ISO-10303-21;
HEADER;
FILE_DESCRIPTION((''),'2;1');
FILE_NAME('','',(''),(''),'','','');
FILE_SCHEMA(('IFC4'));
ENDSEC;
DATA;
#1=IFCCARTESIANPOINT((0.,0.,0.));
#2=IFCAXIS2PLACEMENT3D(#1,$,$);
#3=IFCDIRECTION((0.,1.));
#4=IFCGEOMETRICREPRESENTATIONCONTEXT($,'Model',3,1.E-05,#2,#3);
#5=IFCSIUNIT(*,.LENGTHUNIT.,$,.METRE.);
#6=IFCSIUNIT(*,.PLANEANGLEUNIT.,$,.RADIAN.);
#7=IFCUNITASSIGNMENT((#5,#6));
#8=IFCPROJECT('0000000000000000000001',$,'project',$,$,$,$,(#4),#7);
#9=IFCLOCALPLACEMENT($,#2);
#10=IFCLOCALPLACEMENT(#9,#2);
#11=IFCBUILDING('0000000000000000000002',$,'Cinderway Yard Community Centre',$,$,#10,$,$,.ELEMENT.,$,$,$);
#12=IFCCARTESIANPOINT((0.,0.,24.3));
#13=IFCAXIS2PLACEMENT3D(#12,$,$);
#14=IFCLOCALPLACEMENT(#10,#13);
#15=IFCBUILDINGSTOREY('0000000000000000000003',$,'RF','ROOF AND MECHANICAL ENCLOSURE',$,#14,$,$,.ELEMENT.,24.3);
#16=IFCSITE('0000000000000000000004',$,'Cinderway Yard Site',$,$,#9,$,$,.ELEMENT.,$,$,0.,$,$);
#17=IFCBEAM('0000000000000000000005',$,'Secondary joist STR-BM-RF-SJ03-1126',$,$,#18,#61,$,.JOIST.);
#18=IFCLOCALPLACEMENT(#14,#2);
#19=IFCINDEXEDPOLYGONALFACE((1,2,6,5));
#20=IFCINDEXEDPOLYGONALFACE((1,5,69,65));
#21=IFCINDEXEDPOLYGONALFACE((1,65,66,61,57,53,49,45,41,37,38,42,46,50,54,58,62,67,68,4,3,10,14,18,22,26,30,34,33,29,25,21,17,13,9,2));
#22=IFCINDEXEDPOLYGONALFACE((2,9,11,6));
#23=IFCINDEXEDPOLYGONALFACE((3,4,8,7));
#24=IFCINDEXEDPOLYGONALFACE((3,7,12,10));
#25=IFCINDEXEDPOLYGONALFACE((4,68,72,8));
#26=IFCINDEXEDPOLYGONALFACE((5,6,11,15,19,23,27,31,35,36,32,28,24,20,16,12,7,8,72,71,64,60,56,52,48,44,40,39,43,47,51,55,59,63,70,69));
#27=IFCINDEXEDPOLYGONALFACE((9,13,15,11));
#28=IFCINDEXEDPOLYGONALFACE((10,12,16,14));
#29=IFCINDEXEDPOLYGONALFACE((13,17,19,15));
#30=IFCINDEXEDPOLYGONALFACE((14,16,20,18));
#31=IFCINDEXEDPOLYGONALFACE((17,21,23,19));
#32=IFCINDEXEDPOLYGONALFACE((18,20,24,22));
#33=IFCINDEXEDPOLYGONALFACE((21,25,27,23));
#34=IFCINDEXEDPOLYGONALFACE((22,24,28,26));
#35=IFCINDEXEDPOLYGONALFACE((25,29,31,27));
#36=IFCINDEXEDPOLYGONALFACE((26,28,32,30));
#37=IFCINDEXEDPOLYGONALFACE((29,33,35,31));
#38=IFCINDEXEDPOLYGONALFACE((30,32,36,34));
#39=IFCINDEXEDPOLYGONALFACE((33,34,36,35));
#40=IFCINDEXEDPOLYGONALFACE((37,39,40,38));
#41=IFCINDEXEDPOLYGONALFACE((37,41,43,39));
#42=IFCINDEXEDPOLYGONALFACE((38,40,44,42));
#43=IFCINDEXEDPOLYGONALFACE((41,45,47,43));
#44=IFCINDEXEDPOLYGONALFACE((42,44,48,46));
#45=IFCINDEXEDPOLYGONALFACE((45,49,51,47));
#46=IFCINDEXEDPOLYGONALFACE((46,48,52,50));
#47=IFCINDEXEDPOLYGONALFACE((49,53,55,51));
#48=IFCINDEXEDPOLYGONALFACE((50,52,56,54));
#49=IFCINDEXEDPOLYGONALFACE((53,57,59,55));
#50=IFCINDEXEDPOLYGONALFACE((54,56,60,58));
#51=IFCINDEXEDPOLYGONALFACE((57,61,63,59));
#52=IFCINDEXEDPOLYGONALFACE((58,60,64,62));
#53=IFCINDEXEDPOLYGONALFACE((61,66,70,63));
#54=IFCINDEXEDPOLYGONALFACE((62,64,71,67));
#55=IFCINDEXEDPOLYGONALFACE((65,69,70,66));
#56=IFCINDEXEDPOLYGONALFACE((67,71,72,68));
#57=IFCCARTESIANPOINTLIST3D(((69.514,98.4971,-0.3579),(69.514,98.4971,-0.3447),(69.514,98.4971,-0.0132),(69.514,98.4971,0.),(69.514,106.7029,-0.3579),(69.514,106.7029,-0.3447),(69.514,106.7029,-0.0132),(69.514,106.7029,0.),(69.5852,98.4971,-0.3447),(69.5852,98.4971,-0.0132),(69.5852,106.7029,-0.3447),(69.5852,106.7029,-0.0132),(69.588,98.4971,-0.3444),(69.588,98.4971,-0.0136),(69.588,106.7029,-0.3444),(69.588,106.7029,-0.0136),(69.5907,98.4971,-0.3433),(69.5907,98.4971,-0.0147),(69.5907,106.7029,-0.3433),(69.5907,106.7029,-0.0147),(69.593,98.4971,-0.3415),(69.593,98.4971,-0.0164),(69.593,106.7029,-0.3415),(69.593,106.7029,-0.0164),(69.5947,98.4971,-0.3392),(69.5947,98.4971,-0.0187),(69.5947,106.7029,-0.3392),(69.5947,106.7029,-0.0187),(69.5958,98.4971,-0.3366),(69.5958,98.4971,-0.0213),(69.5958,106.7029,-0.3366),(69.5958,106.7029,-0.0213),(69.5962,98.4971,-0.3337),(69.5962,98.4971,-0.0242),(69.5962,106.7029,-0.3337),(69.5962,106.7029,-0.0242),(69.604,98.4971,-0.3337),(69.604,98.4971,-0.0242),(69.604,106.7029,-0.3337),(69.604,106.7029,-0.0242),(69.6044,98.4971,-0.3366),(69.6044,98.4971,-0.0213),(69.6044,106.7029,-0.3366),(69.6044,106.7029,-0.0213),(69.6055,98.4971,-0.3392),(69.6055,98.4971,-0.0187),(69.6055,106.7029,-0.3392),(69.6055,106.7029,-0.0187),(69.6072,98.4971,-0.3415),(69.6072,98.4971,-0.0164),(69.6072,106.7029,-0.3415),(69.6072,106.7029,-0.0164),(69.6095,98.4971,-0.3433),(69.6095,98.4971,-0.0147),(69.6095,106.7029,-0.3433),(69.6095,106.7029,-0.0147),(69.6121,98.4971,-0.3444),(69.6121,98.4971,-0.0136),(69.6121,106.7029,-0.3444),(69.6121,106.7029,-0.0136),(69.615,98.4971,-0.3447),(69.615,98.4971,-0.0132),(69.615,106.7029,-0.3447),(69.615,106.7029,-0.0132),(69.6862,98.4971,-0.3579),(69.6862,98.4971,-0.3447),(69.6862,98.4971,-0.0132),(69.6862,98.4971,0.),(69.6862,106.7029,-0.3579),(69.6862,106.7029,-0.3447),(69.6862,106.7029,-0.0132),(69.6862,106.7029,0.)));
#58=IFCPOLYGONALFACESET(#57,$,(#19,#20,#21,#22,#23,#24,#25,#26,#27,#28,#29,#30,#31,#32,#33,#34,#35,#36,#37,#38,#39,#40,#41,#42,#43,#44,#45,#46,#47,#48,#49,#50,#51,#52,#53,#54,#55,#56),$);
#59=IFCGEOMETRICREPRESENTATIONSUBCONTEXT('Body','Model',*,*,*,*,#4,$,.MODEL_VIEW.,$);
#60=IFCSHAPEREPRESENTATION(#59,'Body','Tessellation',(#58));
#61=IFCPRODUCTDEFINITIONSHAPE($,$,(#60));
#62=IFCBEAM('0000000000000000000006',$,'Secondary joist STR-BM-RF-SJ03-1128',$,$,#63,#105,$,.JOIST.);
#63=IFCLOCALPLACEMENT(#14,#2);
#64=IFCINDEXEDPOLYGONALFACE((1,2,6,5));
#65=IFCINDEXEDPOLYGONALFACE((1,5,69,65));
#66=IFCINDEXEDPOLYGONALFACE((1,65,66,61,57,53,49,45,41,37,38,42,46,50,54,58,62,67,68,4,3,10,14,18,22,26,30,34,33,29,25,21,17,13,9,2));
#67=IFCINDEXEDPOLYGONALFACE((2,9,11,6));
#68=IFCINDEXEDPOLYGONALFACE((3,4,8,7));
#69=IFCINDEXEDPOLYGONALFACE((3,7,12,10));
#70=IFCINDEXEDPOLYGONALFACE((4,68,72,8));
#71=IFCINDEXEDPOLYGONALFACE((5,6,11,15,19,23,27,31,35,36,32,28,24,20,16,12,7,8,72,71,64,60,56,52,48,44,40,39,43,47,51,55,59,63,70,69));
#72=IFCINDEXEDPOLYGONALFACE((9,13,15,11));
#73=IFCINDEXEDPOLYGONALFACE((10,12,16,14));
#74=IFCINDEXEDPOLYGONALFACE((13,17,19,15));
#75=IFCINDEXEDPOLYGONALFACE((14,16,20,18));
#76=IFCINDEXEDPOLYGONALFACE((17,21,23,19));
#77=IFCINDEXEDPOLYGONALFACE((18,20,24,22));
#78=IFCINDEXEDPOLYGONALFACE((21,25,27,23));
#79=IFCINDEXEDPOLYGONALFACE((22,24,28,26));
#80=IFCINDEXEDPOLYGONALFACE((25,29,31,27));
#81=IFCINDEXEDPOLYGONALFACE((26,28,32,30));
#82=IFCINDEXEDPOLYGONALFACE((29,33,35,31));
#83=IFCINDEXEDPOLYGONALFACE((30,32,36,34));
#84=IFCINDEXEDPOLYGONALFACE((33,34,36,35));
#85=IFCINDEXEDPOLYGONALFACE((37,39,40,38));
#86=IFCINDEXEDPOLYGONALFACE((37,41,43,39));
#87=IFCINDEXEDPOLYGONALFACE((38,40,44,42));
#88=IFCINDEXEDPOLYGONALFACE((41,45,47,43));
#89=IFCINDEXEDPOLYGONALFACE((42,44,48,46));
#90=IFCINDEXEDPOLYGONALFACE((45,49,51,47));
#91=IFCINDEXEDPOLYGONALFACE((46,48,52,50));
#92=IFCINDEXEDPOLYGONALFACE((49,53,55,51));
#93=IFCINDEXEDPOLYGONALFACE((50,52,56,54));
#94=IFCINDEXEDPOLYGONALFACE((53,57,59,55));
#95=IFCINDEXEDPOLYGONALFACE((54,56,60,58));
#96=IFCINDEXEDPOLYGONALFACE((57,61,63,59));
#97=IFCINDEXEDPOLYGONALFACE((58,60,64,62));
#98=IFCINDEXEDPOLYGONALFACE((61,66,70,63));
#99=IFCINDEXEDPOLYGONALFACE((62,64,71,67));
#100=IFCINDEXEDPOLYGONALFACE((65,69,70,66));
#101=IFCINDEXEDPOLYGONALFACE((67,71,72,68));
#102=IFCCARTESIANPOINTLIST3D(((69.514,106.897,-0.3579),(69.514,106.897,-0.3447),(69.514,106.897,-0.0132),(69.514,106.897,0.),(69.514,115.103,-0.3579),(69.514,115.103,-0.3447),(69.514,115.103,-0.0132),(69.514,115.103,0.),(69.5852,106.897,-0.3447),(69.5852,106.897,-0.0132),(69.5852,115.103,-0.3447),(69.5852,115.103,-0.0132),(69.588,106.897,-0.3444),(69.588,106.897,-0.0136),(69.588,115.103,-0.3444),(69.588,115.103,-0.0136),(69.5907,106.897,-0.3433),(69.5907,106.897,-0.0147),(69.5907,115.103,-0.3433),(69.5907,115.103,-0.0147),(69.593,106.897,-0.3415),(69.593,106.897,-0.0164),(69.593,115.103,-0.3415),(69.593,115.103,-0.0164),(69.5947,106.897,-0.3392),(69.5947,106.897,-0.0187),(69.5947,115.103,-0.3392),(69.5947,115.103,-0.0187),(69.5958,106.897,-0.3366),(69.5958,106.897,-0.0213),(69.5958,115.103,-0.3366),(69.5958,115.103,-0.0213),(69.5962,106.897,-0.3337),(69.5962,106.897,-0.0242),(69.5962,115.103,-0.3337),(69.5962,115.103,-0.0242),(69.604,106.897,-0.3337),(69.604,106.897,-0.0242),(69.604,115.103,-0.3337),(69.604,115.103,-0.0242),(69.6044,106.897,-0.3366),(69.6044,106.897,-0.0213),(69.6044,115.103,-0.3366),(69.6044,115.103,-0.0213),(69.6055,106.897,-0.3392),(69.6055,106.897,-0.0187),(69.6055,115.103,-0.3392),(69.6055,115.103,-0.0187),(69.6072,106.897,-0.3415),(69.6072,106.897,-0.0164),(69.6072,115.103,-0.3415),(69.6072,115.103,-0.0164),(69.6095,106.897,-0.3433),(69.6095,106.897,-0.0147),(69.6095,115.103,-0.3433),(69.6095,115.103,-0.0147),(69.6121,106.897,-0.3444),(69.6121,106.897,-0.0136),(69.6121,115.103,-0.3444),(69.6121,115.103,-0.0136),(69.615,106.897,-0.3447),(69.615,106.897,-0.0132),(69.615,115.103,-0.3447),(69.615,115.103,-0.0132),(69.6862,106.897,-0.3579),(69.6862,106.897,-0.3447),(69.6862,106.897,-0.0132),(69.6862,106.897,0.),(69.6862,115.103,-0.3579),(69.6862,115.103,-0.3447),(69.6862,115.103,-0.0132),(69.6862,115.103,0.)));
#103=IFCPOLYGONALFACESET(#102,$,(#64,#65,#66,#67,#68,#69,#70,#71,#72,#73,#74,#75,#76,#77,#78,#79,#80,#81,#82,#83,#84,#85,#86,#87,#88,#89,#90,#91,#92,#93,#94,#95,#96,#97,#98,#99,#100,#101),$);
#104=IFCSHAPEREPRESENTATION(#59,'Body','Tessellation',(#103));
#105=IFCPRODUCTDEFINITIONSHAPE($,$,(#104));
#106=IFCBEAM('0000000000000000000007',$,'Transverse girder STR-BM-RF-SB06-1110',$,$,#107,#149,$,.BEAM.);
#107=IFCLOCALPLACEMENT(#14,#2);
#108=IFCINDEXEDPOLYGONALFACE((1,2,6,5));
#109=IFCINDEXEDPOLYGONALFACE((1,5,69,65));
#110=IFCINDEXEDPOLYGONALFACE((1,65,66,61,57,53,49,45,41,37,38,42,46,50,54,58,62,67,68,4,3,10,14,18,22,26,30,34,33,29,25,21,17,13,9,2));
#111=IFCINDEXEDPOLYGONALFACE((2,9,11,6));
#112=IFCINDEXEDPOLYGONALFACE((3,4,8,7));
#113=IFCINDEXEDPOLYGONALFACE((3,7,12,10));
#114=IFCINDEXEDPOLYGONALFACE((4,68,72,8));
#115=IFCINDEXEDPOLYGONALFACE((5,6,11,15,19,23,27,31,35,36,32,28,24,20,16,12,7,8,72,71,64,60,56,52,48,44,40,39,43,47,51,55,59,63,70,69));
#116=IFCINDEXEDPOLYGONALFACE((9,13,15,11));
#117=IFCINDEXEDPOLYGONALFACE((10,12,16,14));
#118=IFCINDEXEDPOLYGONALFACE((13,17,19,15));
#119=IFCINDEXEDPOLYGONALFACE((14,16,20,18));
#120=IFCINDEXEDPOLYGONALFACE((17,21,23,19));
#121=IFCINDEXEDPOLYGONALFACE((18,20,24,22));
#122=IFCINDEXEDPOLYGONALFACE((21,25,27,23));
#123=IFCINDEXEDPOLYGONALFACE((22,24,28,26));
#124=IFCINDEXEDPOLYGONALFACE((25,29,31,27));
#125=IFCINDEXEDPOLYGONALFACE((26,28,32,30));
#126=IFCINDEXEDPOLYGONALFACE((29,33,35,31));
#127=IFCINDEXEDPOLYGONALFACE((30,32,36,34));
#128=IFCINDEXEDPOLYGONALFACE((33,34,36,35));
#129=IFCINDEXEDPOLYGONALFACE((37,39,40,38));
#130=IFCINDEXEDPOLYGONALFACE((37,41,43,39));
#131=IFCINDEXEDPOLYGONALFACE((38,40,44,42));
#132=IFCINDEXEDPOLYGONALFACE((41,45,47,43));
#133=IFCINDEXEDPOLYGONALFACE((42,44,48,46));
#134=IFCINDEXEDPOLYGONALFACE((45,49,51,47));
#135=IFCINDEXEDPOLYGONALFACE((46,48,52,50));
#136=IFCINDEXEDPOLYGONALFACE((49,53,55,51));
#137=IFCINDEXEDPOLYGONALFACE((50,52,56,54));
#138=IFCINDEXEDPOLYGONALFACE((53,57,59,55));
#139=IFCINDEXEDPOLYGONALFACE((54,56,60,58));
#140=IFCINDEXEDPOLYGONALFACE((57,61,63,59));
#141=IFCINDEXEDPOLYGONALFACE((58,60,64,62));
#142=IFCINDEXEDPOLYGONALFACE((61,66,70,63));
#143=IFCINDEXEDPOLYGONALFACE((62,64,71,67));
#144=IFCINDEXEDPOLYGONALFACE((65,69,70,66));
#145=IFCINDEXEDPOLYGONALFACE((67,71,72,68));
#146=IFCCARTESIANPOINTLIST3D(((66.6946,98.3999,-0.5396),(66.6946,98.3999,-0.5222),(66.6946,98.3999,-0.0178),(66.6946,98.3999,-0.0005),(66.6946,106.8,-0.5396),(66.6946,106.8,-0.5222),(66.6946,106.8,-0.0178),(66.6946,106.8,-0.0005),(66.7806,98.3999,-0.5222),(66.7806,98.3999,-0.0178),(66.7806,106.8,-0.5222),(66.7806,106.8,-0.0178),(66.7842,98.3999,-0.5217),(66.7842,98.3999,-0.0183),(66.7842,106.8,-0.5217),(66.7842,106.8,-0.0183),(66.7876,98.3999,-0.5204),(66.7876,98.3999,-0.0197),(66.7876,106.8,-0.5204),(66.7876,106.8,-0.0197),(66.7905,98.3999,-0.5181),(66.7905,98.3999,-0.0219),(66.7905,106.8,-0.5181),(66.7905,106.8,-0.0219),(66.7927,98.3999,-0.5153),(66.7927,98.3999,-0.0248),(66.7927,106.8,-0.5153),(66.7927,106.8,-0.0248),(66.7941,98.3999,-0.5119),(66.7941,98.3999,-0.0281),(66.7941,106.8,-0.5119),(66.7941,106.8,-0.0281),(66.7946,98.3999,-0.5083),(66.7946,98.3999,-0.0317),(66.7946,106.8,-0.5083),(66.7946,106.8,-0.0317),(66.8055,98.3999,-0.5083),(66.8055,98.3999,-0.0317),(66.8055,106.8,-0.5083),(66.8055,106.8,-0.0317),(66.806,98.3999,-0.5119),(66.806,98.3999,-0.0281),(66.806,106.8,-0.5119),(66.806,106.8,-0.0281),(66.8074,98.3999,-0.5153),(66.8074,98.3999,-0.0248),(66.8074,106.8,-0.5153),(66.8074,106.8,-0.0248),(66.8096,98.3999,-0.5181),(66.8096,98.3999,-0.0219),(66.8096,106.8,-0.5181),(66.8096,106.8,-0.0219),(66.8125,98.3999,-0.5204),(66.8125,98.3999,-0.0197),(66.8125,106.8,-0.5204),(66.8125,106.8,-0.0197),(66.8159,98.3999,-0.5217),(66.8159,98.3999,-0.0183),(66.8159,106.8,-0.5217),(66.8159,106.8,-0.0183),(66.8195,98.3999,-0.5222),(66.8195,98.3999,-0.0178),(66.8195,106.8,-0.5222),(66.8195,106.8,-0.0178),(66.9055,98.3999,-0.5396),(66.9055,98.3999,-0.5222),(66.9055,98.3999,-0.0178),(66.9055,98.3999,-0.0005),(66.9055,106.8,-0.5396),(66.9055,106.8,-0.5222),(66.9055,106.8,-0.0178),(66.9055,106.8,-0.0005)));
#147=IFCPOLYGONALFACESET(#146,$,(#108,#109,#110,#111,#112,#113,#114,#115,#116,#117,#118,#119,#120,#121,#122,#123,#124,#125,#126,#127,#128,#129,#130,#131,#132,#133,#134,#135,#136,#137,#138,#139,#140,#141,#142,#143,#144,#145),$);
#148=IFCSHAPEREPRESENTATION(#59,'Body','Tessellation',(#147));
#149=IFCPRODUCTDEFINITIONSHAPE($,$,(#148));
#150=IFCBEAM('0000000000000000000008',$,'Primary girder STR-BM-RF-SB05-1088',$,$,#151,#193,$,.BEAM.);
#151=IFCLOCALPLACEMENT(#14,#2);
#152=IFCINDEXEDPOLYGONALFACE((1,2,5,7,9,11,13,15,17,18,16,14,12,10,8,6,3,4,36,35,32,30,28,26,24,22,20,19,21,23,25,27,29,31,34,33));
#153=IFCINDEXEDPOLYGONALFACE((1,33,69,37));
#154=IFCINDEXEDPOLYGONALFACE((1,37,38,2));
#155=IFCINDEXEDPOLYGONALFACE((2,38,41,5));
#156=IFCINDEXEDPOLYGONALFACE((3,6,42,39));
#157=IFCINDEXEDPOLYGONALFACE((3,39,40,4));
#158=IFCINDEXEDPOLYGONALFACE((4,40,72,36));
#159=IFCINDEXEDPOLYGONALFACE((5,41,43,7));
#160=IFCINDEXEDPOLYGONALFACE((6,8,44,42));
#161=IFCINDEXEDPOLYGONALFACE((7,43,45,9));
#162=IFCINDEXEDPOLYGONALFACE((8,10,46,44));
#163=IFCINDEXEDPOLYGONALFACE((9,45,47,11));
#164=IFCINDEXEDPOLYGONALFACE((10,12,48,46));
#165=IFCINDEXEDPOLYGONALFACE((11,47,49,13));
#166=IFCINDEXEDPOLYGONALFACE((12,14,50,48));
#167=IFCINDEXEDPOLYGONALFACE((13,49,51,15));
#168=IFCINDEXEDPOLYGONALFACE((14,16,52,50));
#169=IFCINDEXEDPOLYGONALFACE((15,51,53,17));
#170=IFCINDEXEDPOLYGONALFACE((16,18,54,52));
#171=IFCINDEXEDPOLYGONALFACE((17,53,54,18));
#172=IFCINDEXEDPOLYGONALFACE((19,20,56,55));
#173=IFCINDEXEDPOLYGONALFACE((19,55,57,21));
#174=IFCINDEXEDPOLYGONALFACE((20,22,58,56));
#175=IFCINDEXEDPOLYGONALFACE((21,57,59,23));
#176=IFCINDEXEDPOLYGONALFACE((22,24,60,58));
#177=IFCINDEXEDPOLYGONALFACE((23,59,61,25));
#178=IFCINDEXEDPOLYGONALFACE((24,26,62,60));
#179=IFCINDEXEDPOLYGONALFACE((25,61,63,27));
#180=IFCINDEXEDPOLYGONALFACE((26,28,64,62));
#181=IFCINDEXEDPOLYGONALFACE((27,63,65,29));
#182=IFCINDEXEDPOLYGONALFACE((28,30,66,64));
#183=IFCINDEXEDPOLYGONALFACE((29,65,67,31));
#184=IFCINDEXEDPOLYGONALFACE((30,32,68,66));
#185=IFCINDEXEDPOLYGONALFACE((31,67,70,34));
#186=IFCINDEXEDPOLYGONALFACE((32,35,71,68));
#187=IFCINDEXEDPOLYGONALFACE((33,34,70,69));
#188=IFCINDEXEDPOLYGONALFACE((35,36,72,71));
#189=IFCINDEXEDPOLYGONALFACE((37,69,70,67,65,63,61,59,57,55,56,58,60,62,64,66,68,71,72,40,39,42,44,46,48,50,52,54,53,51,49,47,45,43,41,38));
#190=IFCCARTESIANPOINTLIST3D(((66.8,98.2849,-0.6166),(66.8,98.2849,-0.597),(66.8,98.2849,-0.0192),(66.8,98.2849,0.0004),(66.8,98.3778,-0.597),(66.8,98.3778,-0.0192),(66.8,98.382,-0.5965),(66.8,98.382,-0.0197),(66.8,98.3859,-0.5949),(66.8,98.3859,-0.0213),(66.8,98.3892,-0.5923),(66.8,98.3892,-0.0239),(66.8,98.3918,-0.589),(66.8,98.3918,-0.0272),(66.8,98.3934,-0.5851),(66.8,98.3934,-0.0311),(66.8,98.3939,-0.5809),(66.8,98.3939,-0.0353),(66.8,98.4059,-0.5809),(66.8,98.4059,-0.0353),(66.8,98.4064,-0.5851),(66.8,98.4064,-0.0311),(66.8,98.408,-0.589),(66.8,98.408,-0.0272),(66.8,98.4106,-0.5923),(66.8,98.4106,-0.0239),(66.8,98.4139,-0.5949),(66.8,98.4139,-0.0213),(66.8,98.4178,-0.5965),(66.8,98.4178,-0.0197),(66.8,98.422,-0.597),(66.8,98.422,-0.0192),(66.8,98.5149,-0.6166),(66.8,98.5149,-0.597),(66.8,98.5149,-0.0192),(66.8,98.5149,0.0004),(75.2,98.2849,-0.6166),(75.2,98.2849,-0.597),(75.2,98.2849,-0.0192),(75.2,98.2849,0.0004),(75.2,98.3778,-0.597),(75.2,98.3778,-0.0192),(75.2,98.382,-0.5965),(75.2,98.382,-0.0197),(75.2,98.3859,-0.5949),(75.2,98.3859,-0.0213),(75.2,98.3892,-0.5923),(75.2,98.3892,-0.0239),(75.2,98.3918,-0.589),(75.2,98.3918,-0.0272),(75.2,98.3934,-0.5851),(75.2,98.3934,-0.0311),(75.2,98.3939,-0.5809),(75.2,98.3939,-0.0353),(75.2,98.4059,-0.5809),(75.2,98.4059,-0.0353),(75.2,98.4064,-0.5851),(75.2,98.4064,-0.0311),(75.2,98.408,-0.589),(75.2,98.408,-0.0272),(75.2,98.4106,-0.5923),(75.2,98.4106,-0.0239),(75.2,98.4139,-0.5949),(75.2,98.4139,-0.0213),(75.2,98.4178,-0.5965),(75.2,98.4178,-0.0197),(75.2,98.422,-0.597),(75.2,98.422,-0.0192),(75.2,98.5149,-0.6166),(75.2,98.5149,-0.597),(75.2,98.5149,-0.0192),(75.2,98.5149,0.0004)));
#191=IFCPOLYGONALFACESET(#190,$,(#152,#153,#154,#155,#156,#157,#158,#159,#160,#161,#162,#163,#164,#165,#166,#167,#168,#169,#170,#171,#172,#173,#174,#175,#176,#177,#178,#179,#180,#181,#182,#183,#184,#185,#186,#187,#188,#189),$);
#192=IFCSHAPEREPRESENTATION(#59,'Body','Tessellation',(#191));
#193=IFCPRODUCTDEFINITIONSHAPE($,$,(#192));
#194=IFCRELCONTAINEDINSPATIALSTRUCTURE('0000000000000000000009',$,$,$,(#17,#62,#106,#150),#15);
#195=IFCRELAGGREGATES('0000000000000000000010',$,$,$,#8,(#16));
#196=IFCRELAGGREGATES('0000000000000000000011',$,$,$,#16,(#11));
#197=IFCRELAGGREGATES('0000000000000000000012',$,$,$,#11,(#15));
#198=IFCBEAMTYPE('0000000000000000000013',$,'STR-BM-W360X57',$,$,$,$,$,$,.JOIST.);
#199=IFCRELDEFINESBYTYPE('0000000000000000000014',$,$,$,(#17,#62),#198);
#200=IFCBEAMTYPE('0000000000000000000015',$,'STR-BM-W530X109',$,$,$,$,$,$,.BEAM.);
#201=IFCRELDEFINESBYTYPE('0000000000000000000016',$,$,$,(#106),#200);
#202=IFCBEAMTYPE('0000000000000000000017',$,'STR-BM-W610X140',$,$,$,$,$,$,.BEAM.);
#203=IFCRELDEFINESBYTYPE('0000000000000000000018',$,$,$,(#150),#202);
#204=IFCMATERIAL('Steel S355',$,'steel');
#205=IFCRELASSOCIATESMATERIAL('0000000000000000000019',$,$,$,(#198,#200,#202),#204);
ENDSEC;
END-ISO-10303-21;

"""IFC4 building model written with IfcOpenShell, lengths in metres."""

from ifc_helpers import new_model, si_unit, direction, frame, origin, origin_2d, place, context, subcontext, project, spatial, i_section, extrude, material, material_profile, profile_set, type_object, element, save


model = new_model("IFC4")

# Units and contexts
model_context = context("Model", 3, precision=1e-05, world=origin(), true_north=direction((0.0, 1.0)))
body_context = subcontext(model_context, "Body", "Model", "MODEL_VIEW")
ifc_project = project(units=[si_unit("LENGTHUNIT", "METRE"), si_unit("PLANEANGLEUNIT", "RADIAN")], contexts=[model_context])

# Site, building, storey
site_placement = place(None, origin())
site = spatial("IfcSite", under=ifc_project, at=site_placement, Name="Cinderway Yard Site", CompositionType="ELEMENT", RefElevation=0.0)
building_placement = place(site_placement, origin())
building = spatial("IfcBuilding", under=site, at=building_placement, Name="Cinderway Yard Community Centre", CompositionType="ELEMENT")
storey_placement = place(building_placement, frame((0.0, 0.0, 24.3)))
storey = spatial("IfcBuildingStorey", under=building, at=storey_placement, Name="RF", Description="ROOF AND MECHANICAL ENCLOSURE", CompositionType="ELEMENT", Elevation=24.3)

# Shared definitions
ifc_material_1 = material(Name="Steel S355", Category="steel")

# Beams
ifc_material_profile_1 = material_profile(ifc_material_1, i_section(OverallWidth=0.1721, OverallDepth=0.3579, WebThickness=0.0078, FlangeThickness=0.0132, FilletRadius=0.011, at=origin_2d()), Name="Steel S355")
ifc_profile_set_1 = profile_set([ifc_material_profile_1], Name="Steel S355")
beam_type_1 = type_object("IfcBeamType", Name="STR-BM-W360X57", PredefinedType="JOIST", material=ifc_profile_set_1)
beam_1_placement = place(storey_placement, frame((69.6001, 98.4971, -0.179), z_axis=(0.0, 1.0, 0.0), x_axis=(-1.0, 0.0, 0.0)))
element("IfcBeam", 1, at=beam_1_placement, inside=storey, type_object=beam_type_1, Name="Secondary joist STR-BM-RF-SJ03-1126", PredefinedType="JOIST", context=body_context, shape_type="SweptSolid", body=[
    extrude(i_section(OverallWidth=0.1721, OverallDepth=0.3579, WebThickness=0.0078, FlangeThickness=0.0132, FilletRadius=0.011, at=origin_2d()), origin(), (0.0, 0.0, 1.0), 8.2058),
])
beam_2_placement = place(storey_placement, frame((69.6001, 106.897, -0.179), z_axis=(0.0, 1.0, 0.0), x_axis=(-1.0, 0.0, 0.0)))
element("IfcBeam", 2, at=beam_2_placement, inside=storey, type_object=beam_type_1, Name="Secondary joist STR-BM-RF-SJ03-1128", PredefinedType="JOIST", context=body_context, shape_type="SweptSolid", body=[
    extrude(i_section(OverallWidth=0.1721, OverallDepth=0.3579, WebThickness=0.0078, FlangeThickness=0.0132, FilletRadius=0.011, at=origin_2d()), origin(), (0.0, 0.0, 1.0), 8.2061),
])
ifc_material_profile_2 = material_profile(ifc_material_1, i_section(OverallWidth=0.2109, OverallDepth=0.5391, WebThickness=0.011, FlangeThickness=0.0173, FilletRadius=0.0139, at=origin_2d()), Name="Steel S355")
ifc_profile_set_2 = profile_set([ifc_material_profile_2], Name="Steel S355")
beam_type_2 = type_object("IfcBeamType", Name="STR-BM-W530X109", PredefinedType="BEAM", material=ifc_profile_set_2)
beam_3_placement = place(storey_placement, frame((66.8, 98.3999, -0.27), z_axis=(0.0, 1.0, 0.0), x_axis=(-1.0, 0.0, 0.0)))
element("IfcBeam", 3, at=beam_3_placement, inside=storey, type_object=beam_type_2, Name="Transverse girder STR-BM-RF-SB06-1110", PredefinedType="BEAM", context=body_context, shape_type="SweptSolid", body=[
    extrude(i_section(OverallWidth=0.2109, OverallDepth=0.5391, WebThickness=0.011, FlangeThickness=0.0173, FilletRadius=0.0139, at=origin_2d()), origin(), (0.0, 0.0, 1.0), 8.4001),
])
ifc_material_profile_3 = material_profile(ifc_material_1, i_section(OverallWidth=0.23, OverallDepth=0.6169, WebThickness=0.012, FlangeThickness=0.0195, FilletRadius=0.0161, at=origin_2d()), Name="Steel S355")
ifc_profile_set_3 = profile_set([ifc_material_profile_3], Name="Steel S355")
beam_type_3 = type_object("IfcBeamType", Name="STR-BM-W610X140", PredefinedType="BEAM", material=ifc_profile_set_3)
for number, where, z_axis, x_axis, name in (
    (4, (66.8, 98.3999, -0.3081), (1.0, 0.0, 0.0), (0.0, 1.0, 0.0), "Primary girder STR-BM-RF-SB05-1088"),
):
    element("IfcBeam", number, at=place(storey_placement, frame(where, z_axis=z_axis, x_axis=x_axis)), inside=storey, type_object=beam_type_3, Name=name, PredefinedType="BEAM", context=body_context, shape_type="SweptSolid", body=[
        extrude(i_section(OverallWidth=0.23, OverallDepth=0.6169, WebThickness=0.012, FlangeThickness=0.0195, FilletRadius=0.0161, at=origin_2d()), origin(), (0.0, 0.0, 1.0), 8.3999),
    ])

save(model, "model.ifc")
